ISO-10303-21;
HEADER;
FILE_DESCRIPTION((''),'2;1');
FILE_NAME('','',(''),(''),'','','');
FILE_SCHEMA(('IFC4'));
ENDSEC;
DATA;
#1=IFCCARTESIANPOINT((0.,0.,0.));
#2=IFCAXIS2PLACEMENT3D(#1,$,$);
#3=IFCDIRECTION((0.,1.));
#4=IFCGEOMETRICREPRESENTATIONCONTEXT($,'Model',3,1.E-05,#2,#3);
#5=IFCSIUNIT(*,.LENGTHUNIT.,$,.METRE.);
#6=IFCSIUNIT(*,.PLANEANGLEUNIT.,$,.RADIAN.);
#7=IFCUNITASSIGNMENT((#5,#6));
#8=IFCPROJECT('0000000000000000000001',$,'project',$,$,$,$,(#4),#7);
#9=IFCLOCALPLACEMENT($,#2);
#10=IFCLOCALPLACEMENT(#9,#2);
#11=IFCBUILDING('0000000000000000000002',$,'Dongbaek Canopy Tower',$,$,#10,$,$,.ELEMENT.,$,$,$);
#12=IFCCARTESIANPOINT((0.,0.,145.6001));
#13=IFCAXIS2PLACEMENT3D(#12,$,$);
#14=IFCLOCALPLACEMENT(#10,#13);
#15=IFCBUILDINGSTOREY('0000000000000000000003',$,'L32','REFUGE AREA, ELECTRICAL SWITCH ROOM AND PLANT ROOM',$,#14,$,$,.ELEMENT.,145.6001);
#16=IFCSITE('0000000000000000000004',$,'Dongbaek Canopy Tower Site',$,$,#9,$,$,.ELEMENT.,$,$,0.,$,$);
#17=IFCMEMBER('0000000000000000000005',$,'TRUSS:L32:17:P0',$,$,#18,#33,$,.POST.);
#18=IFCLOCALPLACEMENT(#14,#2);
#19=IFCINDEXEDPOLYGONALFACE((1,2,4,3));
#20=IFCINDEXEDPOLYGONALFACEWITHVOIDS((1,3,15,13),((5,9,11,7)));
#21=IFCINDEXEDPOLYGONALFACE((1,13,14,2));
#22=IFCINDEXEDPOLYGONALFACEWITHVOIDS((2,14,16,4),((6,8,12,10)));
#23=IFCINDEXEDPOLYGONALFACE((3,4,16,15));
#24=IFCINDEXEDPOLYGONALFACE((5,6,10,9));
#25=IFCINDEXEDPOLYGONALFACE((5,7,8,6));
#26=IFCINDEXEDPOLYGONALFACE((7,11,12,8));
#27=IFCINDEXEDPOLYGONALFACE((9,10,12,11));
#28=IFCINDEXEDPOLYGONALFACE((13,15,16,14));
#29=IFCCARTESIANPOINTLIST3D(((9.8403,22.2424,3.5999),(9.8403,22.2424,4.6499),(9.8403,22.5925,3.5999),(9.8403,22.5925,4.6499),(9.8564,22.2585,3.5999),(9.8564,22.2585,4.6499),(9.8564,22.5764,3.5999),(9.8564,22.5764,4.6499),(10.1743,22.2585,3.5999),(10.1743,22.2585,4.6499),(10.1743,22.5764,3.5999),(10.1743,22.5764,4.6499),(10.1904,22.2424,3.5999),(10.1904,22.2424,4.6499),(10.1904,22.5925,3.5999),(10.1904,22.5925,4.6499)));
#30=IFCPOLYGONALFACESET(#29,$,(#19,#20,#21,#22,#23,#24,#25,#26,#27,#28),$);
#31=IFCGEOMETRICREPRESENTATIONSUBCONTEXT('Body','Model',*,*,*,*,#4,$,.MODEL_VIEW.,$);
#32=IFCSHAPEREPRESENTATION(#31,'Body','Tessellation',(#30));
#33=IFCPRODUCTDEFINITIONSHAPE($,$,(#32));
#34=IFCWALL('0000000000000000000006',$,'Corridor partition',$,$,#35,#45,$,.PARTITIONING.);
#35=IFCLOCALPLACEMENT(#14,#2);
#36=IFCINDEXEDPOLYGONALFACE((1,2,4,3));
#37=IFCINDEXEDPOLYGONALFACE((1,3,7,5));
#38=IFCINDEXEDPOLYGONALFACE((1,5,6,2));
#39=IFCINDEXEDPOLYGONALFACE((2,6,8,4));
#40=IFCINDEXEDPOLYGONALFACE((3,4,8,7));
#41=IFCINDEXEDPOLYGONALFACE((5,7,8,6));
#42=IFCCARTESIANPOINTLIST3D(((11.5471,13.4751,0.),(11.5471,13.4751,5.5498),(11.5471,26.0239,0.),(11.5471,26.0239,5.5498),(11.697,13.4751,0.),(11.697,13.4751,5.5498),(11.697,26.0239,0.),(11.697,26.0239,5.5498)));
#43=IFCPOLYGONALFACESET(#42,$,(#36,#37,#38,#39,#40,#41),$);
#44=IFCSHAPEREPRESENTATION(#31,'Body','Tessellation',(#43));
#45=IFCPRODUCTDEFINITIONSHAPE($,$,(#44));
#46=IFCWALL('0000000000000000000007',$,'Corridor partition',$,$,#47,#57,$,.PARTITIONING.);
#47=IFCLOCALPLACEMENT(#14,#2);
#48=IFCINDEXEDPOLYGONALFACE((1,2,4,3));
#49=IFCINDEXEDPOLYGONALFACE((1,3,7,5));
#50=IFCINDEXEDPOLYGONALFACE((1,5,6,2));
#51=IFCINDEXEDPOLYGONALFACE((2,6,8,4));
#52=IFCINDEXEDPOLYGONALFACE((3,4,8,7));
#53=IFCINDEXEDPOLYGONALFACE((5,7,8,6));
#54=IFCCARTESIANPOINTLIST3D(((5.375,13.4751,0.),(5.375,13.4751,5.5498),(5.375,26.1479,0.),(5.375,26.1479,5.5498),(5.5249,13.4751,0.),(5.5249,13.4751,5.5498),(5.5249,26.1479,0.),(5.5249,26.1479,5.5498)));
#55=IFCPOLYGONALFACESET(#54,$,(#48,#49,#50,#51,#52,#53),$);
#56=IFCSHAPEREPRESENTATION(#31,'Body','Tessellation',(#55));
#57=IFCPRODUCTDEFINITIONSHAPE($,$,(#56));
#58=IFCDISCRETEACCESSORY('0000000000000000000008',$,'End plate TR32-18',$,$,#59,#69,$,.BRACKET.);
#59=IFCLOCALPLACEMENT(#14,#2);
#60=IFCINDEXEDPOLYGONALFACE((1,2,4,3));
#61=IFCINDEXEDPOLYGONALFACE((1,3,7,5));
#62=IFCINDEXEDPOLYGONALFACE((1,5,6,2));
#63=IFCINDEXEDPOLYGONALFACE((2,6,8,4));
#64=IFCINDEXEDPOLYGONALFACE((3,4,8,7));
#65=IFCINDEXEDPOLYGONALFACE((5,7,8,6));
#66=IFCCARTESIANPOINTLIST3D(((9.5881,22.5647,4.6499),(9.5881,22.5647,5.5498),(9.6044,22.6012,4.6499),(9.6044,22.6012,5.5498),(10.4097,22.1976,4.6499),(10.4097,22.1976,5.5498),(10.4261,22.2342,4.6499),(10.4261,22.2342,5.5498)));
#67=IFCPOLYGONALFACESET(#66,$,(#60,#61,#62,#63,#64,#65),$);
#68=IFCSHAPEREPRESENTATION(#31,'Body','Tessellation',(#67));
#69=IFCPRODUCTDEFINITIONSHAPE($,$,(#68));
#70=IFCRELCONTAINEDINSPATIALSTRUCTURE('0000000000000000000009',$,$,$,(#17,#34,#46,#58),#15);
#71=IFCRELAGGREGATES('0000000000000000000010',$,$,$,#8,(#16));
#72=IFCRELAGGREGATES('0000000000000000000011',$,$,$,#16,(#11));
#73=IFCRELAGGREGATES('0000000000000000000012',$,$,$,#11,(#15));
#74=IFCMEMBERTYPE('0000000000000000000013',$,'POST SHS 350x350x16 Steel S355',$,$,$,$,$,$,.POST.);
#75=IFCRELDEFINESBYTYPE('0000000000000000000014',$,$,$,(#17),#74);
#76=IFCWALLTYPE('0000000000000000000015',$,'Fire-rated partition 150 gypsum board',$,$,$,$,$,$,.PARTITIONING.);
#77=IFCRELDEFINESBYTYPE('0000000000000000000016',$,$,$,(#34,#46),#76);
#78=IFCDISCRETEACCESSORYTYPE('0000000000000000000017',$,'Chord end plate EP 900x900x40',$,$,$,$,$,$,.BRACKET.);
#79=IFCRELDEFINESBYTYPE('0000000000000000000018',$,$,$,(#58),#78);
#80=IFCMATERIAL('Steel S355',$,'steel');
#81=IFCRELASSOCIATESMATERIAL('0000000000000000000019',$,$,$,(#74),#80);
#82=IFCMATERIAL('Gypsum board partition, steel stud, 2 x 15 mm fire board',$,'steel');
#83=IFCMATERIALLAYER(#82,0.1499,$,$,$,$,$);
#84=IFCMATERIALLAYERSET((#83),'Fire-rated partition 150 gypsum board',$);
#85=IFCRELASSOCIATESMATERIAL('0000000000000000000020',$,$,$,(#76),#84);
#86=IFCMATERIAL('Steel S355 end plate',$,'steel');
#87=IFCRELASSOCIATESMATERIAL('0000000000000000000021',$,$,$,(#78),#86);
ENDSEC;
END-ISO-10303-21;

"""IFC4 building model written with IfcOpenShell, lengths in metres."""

from ifc_helpers import new_model, si_unit, direction, frame, frame_2d, origin, origin_2d, place, context, subcontext, project, spatial, rectangle, hollow_rectangle, extrude, material, layer, layer_set, material_profile, profile_set, type_object, element, save


model = new_model("IFC4")

# Units and contexts
model_context = context("Model", 3, precision=1e-05, world=origin(), true_north=direction((0.0, 1.0)))
body_context = subcontext(model_context, "Body", "Model", "MODEL_VIEW")
ifc_project = project(units=[si_unit("LENGTHUNIT", "METRE"), si_unit("PLANEANGLEUNIT", "RADIAN")], contexts=[model_context])

# Site, building, storey
site_placement = place(None, origin())
site = spatial("IfcSite", under=ifc_project, at=site_placement, Name="Dongbaek Canopy Tower Site", CompositionType="ELEMENT", RefElevation=0.0)
building_placement = place(site_placement, origin())
building = spatial("IfcBuilding", under=site, at=building_placement, Name="Dongbaek Canopy Tower", CompositionType="ELEMENT")
storey_placement = place(building_placement, frame((0.0, 0.0, 145.6001)))
storey = spatial("IfcBuildingStorey", under=building, at=storey_placement, Name="L32", Description="REFUGE AREA, ELECTRICAL SWITCH ROOM AND PLANT ROOM", CompositionType="ELEMENT", Elevation=145.6001)

# Member
ifc_material_1 = material(Name="Steel S355", Category="steel")
ifc_material_profile_1 = material_profile(ifc_material_1, hollow_rectangle(XDim=0.3501, YDim=0.3501, WallThickness=0.0161, at=origin_2d()), Name="POST SHS 350x350x16 Steel S355")
ifc_profile_set_1 = profile_set([ifc_material_profile_1], Name="Steel S355")
member_type_1 = type_object("IfcMemberType", Name="POST SHS 350x350x16 Steel S355", PredefinedType="POST", material=ifc_profile_set_1)
member_1_placement = place(storey_placement, frame((10.0154, 22.4175, 3.5999), z_axis=(0.0, 0.0, 1.0), x_axis=(1.0, 0.0, 0.0)))
element("IfcMember", 1, at=member_1_placement, inside=storey, type_object=member_type_1, Name="TRUSS:L32:17:P0", PredefinedType="POST", context=body_context, shape_type="SweptSolid", body=[
    extrude(hollow_rectangle(XDim=0.3501, YDim=0.3501, WallThickness=0.0161, at=origin_2d()), origin(), (0.0, 0.0, 1.0), 1.05),
])

# Walls
ifc_material_2 = material(Name="Gypsum board partition, steel stud, 2 x 15 mm fire board", Category="steel")
ifc_layer = layer(ifc_material_2, 0.1499)
ifc_layer_set = layer_set([ifc_layer], Name="Fire-rated partition 150 gypsum board")
wall_type = type_object("IfcWallType", Name="Fire-rated partition 150 gypsum board", PredefinedType="PARTITIONING", material=ifc_layer_set)
wall_1_placement = place(storey_placement, frame((11.6221, 13.4751, 0.0), z_axis=(0.0, 0.0, 1.0), x_axis=(0.0, 1.0, 0.0)))
element("IfcWall", 2, at=wall_1_placement, inside=storey, type_object=wall_type, Name="Corridor partition", PredefinedType="PARTITIONING", context=body_context, shape_type="SweptSolid", body=[
    extrude(rectangle(XDim=12.5488, YDim=0.1499, at=frame_2d((6.2744, 0.0))), origin(), (0.0, 0.0, 1.0), 5.5498),
])
wall_2_placement = place(storey_placement, frame((5.45, 13.4751, 0.0), z_axis=(0.0, 0.0, 1.0), x_axis=(0.0, 1.0, 0.0)))
element("IfcWall", 3, at=wall_2_placement, inside=storey, type_object=wall_type, Name="Corridor partition", PredefinedType="PARTITIONING", context=body_context, shape_type="SweptSolid", body=[
    extrude(rectangle(XDim=12.6729, YDim=0.1499, at=frame_2d((6.3364, 0.0))), origin(), (0.0, 0.0, 1.0), 5.5498),
])

# Discrete accessory
ifc_material_3 = material(Name="Steel S355 end plate", Category="steel")
discrete_accessory_type = type_object("IfcDiscreteAccessoryType", Name="Chord end plate EP 900x900x40", PredefinedType="BRACKET", material=ifc_material_3)
discrete_accessory_placement = place(storey_placement, frame((10.0071, 22.3994, 4.6499), z_axis=(0.0, 0.0, 1.0), x_axis=(0.407907, 0.913024, 0.0)))
element("IfcDiscreteAccessory", 4, at=discrete_accessory_placement, inside=storey, type_object=discrete_accessory_type, Name="End plate TR32-18", PredefinedType="BRACKET", context=body_context, shape_type="SweptSolid", body=[
    extrude(rectangle(XDim=0.04, YDim=0.8999, at=origin_2d()), origin(), (0.0, 0.0, 1.0), 0.8999),
])

save(model, "model.ifc")
